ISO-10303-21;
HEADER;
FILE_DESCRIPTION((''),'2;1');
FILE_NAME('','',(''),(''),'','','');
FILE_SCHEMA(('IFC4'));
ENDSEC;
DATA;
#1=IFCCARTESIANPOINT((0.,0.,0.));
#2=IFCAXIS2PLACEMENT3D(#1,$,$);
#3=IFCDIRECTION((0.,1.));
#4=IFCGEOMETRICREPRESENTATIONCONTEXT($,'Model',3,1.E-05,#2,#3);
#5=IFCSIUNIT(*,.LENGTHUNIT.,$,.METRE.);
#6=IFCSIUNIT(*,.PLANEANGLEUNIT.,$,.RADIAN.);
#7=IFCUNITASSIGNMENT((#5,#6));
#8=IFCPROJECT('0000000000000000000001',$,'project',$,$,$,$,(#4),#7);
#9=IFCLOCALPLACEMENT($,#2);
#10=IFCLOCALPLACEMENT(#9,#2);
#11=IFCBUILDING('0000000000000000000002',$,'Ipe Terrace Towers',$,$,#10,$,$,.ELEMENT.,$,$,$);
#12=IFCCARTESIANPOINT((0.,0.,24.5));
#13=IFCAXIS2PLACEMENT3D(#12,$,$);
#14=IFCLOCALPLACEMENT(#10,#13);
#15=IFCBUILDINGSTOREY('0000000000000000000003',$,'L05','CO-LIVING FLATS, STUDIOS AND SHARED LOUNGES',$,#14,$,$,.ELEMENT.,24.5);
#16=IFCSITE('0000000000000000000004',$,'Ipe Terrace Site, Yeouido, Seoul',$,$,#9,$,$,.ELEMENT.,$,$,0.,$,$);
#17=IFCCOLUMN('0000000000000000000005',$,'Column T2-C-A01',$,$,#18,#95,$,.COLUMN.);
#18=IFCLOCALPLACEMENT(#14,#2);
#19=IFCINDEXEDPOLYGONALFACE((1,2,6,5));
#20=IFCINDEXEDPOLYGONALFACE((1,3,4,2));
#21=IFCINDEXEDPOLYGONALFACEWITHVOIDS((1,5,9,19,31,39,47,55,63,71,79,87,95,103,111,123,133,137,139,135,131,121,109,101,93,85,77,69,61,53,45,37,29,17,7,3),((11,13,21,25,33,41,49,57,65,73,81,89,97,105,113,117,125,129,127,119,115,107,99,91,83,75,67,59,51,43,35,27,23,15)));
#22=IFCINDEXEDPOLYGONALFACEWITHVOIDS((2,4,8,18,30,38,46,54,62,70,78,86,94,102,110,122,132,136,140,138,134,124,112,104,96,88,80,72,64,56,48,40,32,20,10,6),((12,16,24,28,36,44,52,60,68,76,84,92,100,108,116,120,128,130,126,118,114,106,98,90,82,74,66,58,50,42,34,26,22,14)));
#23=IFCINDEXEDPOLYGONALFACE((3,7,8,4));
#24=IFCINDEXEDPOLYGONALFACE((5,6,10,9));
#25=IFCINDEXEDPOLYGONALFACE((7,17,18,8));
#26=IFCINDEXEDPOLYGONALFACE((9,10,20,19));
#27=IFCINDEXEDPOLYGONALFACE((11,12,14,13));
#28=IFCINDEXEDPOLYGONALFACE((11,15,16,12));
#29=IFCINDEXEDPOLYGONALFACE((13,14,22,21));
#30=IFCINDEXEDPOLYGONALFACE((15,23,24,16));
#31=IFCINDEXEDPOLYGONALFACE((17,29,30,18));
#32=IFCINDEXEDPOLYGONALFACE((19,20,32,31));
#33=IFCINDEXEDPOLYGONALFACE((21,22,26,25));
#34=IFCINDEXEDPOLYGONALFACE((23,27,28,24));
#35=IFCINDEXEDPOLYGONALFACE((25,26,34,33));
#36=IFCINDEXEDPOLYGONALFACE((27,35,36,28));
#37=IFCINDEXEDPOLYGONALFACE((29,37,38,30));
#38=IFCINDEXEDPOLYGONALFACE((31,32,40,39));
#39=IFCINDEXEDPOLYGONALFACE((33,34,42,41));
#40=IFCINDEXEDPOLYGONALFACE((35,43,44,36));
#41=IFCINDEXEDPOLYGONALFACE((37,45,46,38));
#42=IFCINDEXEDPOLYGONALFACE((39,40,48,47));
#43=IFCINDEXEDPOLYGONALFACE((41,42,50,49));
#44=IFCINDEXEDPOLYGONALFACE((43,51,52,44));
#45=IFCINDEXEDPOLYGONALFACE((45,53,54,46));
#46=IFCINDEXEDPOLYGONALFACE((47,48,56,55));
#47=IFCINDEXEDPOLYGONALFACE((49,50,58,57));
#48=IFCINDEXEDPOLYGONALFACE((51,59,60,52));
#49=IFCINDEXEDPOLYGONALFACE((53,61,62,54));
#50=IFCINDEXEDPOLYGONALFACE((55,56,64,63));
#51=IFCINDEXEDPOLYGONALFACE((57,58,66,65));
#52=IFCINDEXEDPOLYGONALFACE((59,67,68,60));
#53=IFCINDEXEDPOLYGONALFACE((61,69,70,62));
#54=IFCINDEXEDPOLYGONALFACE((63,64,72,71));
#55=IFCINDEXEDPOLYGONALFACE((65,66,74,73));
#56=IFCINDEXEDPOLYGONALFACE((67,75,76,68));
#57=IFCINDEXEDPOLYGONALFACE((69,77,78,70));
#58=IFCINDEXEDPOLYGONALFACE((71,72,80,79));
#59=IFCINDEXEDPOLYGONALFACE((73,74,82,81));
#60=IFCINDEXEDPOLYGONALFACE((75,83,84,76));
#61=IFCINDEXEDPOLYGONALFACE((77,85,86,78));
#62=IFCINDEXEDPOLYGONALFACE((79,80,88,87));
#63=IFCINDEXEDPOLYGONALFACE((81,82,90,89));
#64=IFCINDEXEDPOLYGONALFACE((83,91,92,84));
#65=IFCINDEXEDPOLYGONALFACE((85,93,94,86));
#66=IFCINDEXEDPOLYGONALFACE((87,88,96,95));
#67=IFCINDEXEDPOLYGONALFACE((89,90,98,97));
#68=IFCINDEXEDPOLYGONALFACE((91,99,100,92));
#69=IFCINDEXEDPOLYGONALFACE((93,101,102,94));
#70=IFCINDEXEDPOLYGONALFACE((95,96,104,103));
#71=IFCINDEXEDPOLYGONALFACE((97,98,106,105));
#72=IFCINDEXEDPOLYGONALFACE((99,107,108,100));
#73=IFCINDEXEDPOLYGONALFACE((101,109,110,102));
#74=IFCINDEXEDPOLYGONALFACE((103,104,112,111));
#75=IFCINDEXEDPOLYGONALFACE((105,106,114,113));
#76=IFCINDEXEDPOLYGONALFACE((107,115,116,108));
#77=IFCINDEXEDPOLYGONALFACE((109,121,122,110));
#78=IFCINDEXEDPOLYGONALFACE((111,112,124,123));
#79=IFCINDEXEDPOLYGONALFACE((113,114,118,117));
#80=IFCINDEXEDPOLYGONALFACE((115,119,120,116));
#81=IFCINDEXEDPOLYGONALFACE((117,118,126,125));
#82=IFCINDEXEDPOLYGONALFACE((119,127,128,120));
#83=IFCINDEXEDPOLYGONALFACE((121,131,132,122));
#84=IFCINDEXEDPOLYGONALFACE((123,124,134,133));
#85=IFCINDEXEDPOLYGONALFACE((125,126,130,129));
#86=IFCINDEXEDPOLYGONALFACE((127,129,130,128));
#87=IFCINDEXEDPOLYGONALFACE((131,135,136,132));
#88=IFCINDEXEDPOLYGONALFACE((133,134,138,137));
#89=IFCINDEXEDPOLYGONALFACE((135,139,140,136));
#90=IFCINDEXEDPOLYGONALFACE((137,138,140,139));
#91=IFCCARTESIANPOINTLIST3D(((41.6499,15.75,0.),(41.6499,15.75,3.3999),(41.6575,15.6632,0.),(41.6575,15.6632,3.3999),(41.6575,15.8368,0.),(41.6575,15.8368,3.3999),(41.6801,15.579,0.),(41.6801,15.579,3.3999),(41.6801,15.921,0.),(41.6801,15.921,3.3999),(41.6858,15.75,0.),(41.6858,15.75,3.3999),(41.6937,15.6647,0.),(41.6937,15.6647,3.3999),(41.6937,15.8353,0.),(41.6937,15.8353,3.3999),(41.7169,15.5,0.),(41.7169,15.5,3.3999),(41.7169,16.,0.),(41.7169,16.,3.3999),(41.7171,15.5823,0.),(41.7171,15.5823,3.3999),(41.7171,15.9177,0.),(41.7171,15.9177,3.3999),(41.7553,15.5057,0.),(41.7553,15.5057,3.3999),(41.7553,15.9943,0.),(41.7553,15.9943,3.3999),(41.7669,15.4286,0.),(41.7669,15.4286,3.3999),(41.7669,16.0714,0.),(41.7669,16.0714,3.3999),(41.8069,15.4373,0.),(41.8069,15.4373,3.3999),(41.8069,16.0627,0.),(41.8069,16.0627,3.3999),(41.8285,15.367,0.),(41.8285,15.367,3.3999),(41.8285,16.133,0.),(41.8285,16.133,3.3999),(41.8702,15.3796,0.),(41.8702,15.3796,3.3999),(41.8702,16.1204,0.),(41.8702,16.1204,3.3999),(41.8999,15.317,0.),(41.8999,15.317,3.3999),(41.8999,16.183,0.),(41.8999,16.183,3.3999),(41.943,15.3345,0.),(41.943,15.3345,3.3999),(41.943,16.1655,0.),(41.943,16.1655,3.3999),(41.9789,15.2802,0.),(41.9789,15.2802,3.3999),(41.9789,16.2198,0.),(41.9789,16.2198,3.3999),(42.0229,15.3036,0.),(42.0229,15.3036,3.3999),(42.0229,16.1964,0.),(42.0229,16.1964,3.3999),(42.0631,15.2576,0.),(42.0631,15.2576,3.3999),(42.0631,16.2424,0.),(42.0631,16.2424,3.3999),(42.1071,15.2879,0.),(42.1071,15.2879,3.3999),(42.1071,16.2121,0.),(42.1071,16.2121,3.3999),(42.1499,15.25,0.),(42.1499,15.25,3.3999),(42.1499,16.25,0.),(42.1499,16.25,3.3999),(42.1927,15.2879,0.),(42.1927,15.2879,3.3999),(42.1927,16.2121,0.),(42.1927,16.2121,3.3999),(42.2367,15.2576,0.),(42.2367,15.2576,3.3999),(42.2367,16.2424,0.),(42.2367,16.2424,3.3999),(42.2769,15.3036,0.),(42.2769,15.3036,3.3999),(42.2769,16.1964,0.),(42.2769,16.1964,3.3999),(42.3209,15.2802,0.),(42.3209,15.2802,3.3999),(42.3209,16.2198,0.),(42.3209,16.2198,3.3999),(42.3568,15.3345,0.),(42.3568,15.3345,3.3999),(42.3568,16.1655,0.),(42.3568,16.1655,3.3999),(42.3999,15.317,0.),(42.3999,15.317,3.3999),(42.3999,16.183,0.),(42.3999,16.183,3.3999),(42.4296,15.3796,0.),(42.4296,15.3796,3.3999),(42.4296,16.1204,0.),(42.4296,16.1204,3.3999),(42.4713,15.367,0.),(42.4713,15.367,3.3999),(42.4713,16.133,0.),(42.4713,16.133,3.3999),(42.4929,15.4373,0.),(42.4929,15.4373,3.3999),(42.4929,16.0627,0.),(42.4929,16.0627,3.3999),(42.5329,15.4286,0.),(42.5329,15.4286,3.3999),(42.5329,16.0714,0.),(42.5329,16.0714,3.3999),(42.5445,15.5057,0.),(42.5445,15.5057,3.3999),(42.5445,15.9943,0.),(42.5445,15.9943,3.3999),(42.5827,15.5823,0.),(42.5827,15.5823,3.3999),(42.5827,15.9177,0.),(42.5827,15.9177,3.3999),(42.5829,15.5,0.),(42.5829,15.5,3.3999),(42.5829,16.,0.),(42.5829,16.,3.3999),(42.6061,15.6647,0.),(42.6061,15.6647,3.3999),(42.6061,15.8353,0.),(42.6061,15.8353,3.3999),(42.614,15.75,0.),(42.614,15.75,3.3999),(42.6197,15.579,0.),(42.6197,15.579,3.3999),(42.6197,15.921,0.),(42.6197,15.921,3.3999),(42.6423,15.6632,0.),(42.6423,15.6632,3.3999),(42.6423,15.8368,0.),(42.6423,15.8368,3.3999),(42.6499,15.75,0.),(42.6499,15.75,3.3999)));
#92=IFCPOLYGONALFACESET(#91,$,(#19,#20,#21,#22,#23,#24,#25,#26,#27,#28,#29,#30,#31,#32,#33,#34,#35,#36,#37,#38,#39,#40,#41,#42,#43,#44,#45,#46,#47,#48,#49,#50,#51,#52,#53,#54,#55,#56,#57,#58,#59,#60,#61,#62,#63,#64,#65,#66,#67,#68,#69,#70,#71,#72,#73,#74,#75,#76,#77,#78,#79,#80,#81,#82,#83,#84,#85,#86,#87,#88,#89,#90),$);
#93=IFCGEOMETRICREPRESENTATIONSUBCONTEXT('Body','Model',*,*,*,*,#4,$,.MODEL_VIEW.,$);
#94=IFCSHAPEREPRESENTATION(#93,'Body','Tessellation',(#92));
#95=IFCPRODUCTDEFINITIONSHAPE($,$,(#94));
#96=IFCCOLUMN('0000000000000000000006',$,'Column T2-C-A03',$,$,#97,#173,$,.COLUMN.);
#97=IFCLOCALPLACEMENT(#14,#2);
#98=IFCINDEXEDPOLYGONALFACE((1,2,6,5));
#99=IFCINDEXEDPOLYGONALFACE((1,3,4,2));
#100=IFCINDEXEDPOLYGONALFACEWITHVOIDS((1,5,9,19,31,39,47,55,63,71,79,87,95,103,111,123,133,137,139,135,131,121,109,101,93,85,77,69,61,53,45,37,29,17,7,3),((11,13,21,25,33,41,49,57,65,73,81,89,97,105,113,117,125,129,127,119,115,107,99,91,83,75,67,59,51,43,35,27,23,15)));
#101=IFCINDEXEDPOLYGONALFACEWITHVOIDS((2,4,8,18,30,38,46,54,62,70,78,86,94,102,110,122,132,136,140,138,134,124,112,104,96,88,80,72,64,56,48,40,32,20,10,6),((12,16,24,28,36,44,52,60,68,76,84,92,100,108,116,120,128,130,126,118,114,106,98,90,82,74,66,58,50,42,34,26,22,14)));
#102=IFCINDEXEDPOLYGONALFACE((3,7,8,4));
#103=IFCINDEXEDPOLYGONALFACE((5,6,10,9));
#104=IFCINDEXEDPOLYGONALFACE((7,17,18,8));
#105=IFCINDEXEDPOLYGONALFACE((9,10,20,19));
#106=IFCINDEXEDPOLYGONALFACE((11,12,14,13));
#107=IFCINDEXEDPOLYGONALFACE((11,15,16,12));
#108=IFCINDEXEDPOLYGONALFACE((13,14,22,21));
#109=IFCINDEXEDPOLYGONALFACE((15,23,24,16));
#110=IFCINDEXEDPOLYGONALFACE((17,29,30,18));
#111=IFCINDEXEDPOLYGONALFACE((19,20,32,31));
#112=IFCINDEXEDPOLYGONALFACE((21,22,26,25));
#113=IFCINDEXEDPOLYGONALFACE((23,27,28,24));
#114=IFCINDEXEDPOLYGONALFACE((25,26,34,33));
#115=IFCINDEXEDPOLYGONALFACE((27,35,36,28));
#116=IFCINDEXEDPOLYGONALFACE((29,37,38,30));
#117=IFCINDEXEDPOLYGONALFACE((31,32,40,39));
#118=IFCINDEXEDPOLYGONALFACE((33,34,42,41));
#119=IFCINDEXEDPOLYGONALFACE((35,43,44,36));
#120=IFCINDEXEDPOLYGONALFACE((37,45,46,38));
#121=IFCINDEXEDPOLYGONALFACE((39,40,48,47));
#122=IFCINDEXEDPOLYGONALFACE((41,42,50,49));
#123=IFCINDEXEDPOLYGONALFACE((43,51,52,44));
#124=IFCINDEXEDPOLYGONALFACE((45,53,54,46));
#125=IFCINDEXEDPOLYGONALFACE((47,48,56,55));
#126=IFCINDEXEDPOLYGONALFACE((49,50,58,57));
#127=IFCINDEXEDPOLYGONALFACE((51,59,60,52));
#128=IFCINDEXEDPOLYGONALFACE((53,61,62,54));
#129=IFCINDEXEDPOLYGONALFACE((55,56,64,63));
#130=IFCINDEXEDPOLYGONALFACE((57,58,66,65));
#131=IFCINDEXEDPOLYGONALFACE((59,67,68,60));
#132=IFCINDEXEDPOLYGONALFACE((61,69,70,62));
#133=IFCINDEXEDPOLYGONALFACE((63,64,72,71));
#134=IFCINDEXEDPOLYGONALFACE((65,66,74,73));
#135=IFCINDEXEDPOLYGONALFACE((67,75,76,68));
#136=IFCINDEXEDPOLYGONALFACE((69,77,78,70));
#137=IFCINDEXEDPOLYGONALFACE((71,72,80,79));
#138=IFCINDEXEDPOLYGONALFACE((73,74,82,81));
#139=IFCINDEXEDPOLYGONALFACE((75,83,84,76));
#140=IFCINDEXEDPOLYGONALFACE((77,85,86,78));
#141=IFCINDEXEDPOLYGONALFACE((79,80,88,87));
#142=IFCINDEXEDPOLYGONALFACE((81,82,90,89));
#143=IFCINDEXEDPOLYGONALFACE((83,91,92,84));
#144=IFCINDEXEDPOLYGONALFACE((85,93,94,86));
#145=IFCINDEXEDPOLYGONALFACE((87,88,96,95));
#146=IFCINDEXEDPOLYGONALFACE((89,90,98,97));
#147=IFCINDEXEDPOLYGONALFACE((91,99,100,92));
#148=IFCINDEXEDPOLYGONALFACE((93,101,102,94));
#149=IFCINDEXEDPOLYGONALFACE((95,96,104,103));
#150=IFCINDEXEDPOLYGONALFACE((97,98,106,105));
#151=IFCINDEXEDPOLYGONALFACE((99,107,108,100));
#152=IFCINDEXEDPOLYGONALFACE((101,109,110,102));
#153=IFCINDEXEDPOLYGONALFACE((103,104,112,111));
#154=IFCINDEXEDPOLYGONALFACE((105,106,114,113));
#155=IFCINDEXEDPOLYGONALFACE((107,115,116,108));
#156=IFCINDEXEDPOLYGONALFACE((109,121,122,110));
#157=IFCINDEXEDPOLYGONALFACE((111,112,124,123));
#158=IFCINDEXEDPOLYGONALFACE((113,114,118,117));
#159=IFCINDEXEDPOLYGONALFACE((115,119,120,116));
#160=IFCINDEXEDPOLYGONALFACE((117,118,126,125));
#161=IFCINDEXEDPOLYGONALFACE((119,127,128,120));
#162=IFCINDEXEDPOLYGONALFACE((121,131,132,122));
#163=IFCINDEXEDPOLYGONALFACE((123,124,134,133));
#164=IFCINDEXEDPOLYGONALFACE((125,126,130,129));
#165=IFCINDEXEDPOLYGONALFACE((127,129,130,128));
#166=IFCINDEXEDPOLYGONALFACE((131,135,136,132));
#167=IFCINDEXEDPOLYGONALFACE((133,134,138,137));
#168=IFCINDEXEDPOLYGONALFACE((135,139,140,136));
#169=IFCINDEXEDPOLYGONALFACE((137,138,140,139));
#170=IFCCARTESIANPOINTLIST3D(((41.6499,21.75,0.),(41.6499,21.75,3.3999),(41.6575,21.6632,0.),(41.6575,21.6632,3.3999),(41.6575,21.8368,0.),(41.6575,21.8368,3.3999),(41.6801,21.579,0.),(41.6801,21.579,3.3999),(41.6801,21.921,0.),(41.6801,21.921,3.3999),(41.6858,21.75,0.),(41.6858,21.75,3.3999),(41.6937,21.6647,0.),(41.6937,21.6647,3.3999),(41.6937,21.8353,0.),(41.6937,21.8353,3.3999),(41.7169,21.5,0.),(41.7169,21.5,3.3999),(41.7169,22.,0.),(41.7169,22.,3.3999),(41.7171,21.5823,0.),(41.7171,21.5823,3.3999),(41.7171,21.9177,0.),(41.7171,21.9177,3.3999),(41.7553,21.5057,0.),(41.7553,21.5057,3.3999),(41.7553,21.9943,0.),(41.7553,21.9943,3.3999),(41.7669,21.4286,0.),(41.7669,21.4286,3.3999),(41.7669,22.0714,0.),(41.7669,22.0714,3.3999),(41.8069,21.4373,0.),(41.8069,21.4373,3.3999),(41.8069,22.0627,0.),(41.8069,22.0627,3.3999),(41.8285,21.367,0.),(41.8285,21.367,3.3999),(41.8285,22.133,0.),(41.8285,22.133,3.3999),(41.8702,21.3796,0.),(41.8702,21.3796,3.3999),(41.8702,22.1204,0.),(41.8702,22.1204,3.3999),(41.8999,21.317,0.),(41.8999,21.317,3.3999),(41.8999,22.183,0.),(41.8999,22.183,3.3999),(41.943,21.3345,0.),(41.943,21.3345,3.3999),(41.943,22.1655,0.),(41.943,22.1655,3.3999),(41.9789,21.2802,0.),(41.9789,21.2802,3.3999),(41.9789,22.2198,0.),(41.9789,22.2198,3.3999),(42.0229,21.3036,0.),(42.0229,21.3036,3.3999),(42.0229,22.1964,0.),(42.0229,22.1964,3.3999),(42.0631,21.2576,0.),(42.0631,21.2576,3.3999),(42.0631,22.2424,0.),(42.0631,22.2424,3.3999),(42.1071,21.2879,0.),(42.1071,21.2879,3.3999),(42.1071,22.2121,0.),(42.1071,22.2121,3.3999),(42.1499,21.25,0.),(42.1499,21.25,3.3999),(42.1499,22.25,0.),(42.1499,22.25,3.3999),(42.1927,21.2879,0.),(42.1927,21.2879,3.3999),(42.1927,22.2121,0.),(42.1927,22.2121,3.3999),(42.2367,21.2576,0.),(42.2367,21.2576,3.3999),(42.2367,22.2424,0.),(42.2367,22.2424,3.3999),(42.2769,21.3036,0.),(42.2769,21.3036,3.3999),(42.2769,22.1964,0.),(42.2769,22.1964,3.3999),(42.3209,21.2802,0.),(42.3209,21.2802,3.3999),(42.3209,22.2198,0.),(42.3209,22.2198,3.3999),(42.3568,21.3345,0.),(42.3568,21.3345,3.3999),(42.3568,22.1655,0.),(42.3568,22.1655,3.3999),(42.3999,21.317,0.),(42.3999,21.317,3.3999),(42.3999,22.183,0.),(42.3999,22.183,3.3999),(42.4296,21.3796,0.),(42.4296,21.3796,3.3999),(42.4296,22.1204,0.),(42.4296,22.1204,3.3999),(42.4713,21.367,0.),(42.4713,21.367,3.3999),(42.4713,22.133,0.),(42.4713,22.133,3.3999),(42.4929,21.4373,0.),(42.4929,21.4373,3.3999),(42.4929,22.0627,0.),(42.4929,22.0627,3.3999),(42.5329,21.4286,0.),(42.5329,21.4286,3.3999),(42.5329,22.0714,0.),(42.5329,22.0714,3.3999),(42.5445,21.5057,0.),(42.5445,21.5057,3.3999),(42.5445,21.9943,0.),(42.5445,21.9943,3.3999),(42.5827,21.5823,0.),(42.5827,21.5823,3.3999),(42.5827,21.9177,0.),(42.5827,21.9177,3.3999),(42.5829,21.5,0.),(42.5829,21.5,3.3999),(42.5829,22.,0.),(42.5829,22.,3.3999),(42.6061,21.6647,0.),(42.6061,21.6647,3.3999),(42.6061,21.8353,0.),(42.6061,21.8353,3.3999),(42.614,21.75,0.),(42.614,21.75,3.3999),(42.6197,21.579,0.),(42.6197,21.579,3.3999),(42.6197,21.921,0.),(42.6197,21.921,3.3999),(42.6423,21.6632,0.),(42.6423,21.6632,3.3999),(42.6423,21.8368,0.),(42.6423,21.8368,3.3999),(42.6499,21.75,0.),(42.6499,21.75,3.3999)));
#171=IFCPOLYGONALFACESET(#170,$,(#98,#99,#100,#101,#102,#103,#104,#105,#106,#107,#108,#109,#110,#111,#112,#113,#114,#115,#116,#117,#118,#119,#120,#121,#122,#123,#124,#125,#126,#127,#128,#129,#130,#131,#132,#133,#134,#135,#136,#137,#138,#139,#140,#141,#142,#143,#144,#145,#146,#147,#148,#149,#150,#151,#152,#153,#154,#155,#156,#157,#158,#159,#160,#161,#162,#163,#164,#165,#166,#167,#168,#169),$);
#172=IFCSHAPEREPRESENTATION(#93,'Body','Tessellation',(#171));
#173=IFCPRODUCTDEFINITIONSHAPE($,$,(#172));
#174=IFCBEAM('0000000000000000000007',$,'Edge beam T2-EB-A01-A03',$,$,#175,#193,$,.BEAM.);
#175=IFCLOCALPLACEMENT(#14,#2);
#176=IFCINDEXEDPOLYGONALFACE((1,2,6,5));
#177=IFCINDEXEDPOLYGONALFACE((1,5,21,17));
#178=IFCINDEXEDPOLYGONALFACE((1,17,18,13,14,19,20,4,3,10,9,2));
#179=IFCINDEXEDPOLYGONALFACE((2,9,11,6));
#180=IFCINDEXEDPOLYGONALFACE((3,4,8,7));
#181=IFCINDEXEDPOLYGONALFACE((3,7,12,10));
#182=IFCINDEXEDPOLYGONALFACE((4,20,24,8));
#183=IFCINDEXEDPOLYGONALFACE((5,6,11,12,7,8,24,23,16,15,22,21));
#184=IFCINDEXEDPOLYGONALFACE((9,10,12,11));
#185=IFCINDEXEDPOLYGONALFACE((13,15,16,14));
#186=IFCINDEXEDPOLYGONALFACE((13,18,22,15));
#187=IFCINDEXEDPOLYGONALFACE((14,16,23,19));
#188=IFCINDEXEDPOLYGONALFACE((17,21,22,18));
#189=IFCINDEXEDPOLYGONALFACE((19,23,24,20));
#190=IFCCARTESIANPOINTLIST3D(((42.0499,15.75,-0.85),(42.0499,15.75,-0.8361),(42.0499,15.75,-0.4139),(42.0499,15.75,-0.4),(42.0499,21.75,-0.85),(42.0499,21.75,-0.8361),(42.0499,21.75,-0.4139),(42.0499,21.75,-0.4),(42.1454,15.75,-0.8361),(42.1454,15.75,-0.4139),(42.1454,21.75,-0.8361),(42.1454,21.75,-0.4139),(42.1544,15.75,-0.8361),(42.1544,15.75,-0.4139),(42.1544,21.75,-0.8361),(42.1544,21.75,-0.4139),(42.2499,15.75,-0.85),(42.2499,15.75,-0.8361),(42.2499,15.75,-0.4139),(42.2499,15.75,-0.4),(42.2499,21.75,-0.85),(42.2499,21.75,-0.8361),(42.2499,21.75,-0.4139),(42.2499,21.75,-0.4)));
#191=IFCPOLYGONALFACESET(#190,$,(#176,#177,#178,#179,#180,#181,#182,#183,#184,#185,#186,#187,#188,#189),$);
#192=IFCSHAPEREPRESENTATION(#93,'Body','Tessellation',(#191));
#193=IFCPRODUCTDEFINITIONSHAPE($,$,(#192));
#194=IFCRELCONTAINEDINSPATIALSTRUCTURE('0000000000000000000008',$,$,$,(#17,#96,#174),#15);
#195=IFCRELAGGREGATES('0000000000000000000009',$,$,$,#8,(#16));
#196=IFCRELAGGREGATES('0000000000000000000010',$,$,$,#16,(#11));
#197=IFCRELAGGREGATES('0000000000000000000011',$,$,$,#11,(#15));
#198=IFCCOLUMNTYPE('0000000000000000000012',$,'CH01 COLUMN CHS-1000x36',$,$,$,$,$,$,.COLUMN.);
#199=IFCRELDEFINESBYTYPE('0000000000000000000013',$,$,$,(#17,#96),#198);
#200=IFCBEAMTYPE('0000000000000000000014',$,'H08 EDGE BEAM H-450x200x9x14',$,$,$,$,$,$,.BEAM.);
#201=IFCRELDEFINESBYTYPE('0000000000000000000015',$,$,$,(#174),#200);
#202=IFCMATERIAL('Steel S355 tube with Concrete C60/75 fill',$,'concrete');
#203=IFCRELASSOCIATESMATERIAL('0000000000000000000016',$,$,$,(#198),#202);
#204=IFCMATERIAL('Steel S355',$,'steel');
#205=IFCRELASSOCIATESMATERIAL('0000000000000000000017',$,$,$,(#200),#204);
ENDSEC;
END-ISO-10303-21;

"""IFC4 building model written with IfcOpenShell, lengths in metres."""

from ifc_helpers import new_model, si_unit, direction, frame, origin, origin_2d, place, context, subcontext, project, spatial, hollow_circle, i_section, extrude, material, material_profile, profile_set, type_object, element, save


model = new_model("IFC4")

# Units and contexts
model_context = context("Model", 3, precision=1e-05, world=origin(), true_north=direction((0.0, 1.0)))
body_context = subcontext(model_context, "Body", "Model", "MODEL_VIEW")
ifc_project = project(units=[si_unit("LENGTHUNIT", "METRE"), si_unit("PLANEANGLEUNIT", "RADIAN")], contexts=[model_context])

# Site, building, storey
site_placement = place(None, origin())
site = spatial("IfcSite", under=ifc_project, at=site_placement, Name="Ipe Terrace Site, Yeouido, Seoul", CompositionType="ELEMENT", RefElevation=0.0)
building_placement = place(site_placement, origin())
building = spatial("IfcBuilding", under=site, at=building_placement, Name="Ipe Terrace Towers", CompositionType="ELEMENT")
storey_placement = place(building_placement, frame((0.0, 0.0, 24.5)))
storey = spatial("IfcBuildingStorey", under=building, at=storey_placement, Name="L05", Description="CO-LIVING FLATS, STUDIOS AND SHARED LOUNGES", CompositionType="ELEMENT", Elevation=24.5)

# Columns
ifc_material_1 = material(Name="Steel S355 tube with Concrete C60/75 fill", Category="concrete")
ifc_material_profile_1 = material_profile(ifc_material_1, hollow_circle(Radius=0.5, WallThickness=0.0359, at=origin_2d()), Name="CHS-1000x36")
ifc_profile_set_1 = profile_set([ifc_material_profile_1], Name="Steel S355 tube with Concrete C60/75 fill")
column_type = type_object("IfcColumnType", Name="CH01 COLUMN CHS-1000x36", PredefinedType="COLUMN", material=ifc_profile_set_1)
for number, where, z_axis, x_axis, name in (
    (1, (42.1499, 15.75, 0.0), (0.0, 0.0, 1.0), (1.0, 0.0, 0.0), "Column T2-C-A01"),
    (2, (42.1499, 21.75, 0.0), (0.0, 0.0, 1.0), (1.0, 0.0, 0.0), "Column T2-C-A03"),
):
    element("IfcColumn", number, at=place(storey_placement, frame(where, z_axis=z_axis, x_axis=x_axis)), inside=storey, type_object=column_type, Name=name, PredefinedType="COLUMN", context=body_context, shape_type="SweptSolid", body=[
        extrude(hollow_circle(Radius=0.5, WallThickness=0.0359, at=origin_2d()), origin(), (0.0, 0.0, 1.0), 3.3999),
    ])

# Beam
ifc_material_2 = material(Name="Steel S355", Category="steel")
ifc_material_profile_2 = material_profile(ifc_material_2, i_section(OverallWidth=0.2, OverallDepth=0.45, WebThickness=0.009, FlangeThickness=0.0139, at=origin_2d()), Name="H-450x200x9x14")
ifc_profile_set_2 = profile_set([ifc_material_profile_2], Name="Steel S355")
beam_type_1 = type_object("IfcBeamType", Name="H08 EDGE BEAM H-450x200x9x14", PredefinedType="BEAM", material=ifc_profile_set_2)
beam_1_placement = place(storey_placement, frame((42.1499, 15.75, -0.625), z_axis=(0.0, 1.0, 0.0), x_axis=(-1.0, 0.0, 0.0)))
element("IfcBeam", 3, at=beam_1_placement, inside=storey, type_object=beam_type_1, Name="Edge beam T2-EB-A01-A03", PredefinedType="BEAM", context=body_context, shape_type="SweptSolid", body=[
    extrude(i_section(OverallWidth=0.2, OverallDepth=0.45, WebThickness=0.009, FlangeThickness=0.0139, at=origin_2d()), origin(), (0.0, 0.0, 1.0), 6.0),
])

save(model, "model.ifc")
